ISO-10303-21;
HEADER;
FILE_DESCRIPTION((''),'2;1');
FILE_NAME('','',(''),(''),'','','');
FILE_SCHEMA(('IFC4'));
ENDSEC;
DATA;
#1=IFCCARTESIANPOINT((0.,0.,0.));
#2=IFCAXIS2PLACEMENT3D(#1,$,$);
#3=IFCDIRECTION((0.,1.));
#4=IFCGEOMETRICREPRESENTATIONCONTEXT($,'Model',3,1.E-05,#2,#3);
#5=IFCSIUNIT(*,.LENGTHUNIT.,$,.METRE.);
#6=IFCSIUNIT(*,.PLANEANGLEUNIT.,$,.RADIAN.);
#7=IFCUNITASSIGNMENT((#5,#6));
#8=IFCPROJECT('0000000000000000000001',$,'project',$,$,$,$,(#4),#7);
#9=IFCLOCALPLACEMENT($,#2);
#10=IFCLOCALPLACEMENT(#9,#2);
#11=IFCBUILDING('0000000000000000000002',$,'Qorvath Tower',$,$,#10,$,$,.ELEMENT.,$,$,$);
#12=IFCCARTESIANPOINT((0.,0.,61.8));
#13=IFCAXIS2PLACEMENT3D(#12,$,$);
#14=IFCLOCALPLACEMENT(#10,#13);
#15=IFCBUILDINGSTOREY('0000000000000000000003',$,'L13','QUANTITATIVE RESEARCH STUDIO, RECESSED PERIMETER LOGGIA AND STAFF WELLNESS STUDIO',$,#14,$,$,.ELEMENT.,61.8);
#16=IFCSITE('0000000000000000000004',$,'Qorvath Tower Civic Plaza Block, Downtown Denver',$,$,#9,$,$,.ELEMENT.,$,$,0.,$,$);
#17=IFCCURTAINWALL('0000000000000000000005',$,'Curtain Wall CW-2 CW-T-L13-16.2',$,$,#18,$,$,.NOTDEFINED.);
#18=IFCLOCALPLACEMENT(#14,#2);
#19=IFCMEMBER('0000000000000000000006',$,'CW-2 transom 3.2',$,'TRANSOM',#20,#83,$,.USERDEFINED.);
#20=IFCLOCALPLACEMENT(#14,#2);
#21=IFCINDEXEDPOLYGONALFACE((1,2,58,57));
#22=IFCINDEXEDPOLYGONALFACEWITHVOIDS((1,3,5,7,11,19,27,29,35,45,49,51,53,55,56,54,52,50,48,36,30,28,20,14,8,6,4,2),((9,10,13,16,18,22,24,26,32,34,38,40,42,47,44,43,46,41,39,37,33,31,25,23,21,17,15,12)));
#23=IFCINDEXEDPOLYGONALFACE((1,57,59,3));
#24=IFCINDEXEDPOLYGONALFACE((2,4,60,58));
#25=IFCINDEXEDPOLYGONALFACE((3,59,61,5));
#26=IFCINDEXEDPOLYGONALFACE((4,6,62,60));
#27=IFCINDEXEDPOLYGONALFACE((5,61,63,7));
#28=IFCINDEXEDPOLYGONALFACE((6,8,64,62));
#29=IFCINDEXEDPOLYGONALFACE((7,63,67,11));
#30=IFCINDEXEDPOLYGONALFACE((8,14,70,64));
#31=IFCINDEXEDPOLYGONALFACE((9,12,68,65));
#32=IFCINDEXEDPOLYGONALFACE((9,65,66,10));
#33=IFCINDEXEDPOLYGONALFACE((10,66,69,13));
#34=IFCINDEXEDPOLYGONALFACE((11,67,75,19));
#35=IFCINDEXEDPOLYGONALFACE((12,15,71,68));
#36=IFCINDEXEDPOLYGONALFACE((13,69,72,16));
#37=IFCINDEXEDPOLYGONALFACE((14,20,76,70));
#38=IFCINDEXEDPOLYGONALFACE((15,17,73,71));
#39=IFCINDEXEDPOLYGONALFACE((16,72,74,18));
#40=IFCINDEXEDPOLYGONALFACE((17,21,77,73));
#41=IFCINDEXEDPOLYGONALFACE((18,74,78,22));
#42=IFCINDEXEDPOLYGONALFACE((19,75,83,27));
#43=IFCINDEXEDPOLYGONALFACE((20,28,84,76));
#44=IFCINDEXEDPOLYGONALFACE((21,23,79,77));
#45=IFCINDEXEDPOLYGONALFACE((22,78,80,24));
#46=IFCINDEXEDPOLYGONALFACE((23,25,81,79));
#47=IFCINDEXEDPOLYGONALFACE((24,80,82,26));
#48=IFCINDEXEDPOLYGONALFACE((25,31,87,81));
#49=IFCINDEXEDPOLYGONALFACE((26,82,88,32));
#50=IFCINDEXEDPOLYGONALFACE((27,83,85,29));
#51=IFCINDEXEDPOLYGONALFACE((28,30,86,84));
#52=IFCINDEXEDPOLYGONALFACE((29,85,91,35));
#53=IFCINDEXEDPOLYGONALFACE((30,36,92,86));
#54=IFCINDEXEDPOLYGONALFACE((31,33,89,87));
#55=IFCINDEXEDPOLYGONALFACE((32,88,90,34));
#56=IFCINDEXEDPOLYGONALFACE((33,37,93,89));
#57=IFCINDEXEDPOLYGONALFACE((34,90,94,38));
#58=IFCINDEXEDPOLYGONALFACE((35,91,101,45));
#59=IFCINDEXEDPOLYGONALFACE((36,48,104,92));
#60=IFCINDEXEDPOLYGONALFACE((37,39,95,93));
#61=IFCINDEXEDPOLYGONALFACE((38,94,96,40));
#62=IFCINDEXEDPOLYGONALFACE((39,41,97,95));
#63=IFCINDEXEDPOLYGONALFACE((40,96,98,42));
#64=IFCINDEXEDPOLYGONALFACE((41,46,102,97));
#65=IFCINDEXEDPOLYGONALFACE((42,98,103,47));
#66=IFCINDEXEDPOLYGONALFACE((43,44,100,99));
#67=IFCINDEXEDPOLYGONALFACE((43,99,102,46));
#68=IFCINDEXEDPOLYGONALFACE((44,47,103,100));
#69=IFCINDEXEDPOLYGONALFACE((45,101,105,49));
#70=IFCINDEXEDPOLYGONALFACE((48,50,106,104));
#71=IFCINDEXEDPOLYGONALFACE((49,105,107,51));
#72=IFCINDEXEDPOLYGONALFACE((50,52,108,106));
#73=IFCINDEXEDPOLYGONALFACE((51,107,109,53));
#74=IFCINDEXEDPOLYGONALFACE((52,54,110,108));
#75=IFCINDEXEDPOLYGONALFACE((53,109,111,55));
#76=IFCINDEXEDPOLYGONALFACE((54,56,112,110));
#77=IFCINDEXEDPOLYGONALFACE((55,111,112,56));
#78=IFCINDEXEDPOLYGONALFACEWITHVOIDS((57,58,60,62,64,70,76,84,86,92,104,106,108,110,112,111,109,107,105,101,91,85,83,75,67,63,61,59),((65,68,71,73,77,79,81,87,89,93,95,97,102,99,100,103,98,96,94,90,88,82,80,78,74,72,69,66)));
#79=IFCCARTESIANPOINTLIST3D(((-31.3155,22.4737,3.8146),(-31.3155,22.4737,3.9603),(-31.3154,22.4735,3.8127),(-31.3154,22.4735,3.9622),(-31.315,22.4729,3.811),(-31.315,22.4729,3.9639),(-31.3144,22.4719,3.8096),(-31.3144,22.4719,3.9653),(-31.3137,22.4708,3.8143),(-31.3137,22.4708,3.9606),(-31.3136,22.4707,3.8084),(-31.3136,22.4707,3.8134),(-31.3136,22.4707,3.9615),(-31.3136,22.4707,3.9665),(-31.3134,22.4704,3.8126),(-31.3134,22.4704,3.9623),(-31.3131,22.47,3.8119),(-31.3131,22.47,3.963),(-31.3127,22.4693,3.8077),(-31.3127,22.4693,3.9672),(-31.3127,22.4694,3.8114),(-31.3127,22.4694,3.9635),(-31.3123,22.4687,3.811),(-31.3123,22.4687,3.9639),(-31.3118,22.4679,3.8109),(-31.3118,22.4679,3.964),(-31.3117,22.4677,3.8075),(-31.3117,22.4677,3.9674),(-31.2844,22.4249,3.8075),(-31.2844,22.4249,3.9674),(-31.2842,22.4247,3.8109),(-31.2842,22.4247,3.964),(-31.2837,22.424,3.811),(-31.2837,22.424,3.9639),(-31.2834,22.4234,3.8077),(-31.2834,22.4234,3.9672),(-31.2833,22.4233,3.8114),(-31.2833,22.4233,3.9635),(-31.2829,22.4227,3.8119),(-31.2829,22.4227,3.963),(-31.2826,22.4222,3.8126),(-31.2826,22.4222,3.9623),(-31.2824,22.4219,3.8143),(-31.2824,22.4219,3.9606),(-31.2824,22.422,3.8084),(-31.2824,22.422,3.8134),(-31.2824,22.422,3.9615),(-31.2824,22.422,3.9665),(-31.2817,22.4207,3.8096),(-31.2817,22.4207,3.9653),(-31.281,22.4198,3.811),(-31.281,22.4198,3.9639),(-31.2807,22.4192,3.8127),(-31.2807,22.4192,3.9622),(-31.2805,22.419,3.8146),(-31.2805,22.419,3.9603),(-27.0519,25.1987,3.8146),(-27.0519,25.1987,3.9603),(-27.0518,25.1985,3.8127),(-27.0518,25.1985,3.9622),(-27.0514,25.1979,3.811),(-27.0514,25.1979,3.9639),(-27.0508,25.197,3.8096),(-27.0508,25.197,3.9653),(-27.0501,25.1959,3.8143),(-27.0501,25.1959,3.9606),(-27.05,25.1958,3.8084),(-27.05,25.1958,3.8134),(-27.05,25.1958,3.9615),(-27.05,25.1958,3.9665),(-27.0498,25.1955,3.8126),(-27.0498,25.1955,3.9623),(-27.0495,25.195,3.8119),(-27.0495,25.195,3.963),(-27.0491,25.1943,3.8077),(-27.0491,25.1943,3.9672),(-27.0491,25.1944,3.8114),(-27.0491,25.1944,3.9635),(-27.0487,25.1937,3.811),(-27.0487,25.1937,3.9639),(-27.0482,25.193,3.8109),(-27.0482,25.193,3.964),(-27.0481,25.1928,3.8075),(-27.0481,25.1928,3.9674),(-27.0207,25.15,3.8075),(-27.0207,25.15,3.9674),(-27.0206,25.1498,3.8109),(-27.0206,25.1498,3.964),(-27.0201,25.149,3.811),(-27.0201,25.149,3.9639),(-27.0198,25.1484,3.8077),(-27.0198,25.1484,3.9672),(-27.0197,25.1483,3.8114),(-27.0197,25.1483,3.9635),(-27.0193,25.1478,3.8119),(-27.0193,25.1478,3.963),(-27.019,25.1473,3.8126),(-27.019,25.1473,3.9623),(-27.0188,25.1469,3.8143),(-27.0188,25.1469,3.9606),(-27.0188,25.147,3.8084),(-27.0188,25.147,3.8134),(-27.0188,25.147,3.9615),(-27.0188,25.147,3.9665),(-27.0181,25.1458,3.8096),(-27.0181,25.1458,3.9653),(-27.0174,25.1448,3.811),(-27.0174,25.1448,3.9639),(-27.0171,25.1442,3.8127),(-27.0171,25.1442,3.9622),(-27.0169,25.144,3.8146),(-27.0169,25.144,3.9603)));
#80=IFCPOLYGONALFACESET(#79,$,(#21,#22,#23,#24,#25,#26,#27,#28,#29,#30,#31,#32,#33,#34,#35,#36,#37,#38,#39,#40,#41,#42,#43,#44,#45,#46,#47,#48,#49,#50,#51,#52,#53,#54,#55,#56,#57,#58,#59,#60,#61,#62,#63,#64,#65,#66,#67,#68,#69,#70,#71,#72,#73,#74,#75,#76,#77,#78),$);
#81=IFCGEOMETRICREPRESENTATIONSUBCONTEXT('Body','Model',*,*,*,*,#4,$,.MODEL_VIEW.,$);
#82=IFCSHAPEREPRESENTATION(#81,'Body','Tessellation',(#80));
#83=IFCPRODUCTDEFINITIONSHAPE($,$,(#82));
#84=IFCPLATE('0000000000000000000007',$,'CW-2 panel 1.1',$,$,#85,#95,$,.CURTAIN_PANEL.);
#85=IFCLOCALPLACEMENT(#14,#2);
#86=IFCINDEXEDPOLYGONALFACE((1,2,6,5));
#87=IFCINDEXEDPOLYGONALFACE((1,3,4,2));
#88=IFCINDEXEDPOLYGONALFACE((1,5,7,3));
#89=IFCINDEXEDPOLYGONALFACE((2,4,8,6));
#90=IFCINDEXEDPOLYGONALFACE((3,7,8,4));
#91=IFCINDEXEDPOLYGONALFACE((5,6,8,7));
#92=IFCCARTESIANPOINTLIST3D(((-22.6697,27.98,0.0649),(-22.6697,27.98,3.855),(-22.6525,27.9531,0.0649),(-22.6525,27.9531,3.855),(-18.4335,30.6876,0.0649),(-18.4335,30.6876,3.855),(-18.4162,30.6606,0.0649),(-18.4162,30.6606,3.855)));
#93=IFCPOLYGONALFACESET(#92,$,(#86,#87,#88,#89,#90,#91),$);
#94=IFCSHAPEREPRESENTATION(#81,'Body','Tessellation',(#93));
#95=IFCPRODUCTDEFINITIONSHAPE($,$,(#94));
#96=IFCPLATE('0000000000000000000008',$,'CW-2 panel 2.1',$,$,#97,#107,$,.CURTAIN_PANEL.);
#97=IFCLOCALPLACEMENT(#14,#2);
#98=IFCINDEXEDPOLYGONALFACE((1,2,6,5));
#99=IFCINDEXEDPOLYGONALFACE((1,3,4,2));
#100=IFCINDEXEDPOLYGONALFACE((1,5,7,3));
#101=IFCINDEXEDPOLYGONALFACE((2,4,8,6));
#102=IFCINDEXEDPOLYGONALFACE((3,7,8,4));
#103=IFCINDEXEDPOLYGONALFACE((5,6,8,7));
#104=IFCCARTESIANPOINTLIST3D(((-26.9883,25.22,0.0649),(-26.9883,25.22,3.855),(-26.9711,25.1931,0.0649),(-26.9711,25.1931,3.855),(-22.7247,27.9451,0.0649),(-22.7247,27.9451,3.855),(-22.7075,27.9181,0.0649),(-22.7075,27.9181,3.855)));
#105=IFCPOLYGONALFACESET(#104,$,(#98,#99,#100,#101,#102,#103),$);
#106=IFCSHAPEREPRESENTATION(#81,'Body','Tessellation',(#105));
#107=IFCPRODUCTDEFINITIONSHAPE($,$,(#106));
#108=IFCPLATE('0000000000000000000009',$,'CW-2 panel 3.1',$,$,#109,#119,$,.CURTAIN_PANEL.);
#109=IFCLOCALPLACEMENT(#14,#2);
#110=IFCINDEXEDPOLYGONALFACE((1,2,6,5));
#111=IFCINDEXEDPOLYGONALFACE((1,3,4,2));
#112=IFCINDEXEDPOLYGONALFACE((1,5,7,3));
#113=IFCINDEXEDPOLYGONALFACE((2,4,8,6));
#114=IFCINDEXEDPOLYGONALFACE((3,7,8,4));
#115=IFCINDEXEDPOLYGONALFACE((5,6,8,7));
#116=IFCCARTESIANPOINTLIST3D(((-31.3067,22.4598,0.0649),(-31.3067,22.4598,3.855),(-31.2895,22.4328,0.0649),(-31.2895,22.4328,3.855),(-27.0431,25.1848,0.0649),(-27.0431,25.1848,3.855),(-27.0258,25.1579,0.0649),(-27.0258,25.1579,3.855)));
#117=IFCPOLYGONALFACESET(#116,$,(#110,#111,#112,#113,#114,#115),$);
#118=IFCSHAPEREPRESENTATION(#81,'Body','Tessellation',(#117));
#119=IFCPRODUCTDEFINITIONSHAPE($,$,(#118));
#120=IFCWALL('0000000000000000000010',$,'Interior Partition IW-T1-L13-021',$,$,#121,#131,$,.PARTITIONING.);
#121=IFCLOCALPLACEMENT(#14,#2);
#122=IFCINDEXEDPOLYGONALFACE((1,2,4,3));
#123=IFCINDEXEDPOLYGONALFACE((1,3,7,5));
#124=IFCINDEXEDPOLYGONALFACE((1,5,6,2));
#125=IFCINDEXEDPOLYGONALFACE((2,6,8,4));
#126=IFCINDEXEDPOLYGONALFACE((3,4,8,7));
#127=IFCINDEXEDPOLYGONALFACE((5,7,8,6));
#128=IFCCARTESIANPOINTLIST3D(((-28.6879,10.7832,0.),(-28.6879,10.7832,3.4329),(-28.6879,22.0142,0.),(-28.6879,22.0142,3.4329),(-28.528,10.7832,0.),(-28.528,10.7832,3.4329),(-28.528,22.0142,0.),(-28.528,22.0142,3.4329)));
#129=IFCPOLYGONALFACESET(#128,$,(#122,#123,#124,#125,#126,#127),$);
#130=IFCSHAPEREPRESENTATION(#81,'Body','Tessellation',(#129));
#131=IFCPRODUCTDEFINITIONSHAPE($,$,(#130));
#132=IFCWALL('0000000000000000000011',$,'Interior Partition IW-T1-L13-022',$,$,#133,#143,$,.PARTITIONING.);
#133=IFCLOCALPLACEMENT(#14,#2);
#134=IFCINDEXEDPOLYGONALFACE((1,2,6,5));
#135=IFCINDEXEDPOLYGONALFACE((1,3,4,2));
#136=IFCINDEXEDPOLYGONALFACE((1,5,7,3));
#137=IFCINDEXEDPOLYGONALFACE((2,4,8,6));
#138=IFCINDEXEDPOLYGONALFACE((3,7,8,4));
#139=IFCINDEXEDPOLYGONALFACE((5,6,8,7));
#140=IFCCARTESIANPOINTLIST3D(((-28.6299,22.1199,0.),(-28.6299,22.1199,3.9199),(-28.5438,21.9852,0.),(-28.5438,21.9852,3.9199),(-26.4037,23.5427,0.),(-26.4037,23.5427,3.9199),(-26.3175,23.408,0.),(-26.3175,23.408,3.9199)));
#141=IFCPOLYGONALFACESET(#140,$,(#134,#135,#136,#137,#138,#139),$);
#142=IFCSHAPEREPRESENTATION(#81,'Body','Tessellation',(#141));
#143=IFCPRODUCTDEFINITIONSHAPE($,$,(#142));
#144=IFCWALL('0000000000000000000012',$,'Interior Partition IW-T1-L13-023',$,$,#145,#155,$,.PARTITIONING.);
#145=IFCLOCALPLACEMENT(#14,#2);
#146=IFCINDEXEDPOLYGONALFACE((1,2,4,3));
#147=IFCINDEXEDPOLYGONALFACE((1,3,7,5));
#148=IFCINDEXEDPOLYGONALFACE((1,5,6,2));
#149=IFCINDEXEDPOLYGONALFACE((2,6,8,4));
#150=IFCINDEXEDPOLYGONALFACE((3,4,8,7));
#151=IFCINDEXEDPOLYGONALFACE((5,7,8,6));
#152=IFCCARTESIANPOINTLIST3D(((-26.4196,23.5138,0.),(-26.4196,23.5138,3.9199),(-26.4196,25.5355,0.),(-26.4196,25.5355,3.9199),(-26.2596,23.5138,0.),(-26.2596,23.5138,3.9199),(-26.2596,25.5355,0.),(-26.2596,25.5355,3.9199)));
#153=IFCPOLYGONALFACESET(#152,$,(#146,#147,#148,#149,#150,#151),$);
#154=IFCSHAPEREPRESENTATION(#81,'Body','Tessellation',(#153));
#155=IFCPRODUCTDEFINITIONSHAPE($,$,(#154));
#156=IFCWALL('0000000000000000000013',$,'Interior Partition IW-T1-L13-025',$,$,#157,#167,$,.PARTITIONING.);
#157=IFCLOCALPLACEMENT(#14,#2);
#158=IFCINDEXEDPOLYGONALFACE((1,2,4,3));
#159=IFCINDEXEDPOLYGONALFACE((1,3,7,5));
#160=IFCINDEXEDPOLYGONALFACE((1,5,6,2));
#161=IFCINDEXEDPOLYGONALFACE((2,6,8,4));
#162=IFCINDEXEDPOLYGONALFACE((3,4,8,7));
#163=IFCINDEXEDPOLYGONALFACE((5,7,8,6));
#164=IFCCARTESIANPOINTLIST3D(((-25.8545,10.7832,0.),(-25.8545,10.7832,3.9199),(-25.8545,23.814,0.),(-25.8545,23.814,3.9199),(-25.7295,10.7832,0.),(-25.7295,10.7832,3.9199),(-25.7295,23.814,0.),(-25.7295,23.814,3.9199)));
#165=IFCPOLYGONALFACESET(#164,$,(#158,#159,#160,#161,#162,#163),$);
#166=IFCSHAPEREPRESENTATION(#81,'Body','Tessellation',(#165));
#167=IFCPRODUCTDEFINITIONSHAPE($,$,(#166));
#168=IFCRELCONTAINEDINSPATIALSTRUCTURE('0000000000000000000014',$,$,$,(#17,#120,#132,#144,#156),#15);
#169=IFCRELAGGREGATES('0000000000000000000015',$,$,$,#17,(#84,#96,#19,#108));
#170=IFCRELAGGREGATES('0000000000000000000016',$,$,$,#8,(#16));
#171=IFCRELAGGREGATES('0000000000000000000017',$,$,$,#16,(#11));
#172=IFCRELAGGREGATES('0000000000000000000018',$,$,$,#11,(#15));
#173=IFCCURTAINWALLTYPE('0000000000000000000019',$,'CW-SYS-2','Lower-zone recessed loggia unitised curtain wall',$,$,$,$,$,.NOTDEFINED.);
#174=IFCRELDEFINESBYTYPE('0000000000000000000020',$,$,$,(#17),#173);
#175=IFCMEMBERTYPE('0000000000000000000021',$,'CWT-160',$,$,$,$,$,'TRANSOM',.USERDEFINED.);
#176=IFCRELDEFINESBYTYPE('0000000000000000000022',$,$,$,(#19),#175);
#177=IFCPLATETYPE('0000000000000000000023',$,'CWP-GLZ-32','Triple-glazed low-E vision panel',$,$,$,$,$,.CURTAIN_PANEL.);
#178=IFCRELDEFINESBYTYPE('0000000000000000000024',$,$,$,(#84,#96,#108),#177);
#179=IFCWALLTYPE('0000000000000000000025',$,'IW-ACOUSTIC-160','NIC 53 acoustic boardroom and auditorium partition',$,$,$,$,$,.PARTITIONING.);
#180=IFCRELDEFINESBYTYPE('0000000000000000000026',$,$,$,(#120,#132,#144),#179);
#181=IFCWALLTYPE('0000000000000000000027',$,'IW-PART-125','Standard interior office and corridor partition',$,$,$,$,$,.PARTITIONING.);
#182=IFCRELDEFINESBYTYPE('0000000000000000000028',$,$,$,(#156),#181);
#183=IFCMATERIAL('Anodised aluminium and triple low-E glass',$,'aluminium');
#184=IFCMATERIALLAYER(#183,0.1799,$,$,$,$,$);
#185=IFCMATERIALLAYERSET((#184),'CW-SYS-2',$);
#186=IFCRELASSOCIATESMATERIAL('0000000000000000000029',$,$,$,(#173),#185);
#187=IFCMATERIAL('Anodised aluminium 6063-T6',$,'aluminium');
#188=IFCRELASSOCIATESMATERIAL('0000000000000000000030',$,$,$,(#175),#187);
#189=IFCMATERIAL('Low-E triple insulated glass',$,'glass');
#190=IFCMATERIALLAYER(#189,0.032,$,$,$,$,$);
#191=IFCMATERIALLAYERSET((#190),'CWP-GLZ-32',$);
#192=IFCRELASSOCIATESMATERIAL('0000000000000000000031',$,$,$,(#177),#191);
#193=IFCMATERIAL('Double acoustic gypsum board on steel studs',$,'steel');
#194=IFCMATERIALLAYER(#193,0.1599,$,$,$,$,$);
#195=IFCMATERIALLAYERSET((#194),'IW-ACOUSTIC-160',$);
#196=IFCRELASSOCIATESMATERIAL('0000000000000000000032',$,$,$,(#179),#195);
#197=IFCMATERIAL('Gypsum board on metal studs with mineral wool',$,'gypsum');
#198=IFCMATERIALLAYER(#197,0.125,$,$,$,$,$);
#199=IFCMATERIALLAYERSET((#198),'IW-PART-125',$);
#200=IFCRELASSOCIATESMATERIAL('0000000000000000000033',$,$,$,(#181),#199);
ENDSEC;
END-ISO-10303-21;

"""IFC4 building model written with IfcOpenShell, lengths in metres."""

from ifc_helpers import new_model, si_unit, direction, frame, frame_2d, origin, origin_2d, place, context, subcontext, project, spatial, rectangle, hollow_rectangle, extrude, material, layer, layer_set, material_profile, profile_set, type_object, element, aggregate, save


model = new_model("IFC4")

# Units and contexts
model_context = context("Model", 3, precision=1e-05, world=origin(), true_north=direction((0.0, 1.0)))
body_context = subcontext(model_context, "Body", "Model", "MODEL_VIEW")
ifc_project = project(units=[si_unit("LENGTHUNIT", "METRE"), si_unit("PLANEANGLEUNIT", "RADIAN")], contexts=[model_context])

# Site, building, storey
site_placement = place(None, origin())
site = spatial("IfcSite", under=ifc_project, at=site_placement, Name="Qorvath Tower Civic Plaza Block, Downtown Denver", CompositionType="ELEMENT", RefElevation=0.0)
building_placement = place(site_placement, origin())
building = spatial("IfcBuilding", under=site, at=building_placement, Name="Qorvath Tower", CompositionType="ELEMENT")
storey_placement = place(building_placement, frame((0.0, 0.0, 61.8)))
storey = spatial("IfcBuildingStorey", under=building, at=storey_placement, Name="L13", Description="QUANTITATIVE RESEARCH STUDIO, RECESSED PERIMETER LOGGIA AND STAFF WELLNESS STUDIO", CompositionType="ELEMENT", Elevation=61.8)

# Curtain wall, member, plates
ifc_material_1 = material(Name="Anodised aluminium and triple low-E glass", Category="aluminium")
ifc_layer_1 = layer(ifc_material_1, 0.1799)
ifc_layer_set_1 = layer_set([ifc_layer_1], Name="CW-SYS-2")
curtain_wall_type = type_object("IfcCurtainWallType", Name="CW-SYS-2", Description="Lower-zone recessed loggia unitised curtain wall", PredefinedType="NOTDEFINED", material=ifc_layer_set_1)
curtain_wall_placement = place(storey_placement, origin())
curtain_wall = element("IfcCurtainWall", 1, at=curtain_wall_placement, inside=storey, type_object=curtain_wall_type, Name="Curtain Wall CW-2 CW-T-L13-16.2", PredefinedType="NOTDEFINED")
ifc_material_2 = material(Name="Anodised aluminium 6063-T6", Category="aluminium")
ifc_material_profile_1 = material_profile(ifc_material_2, hollow_rectangle(XDim=0.0649, YDim=0.1599, WallThickness=0.0034, InnerFilletRadius=0.0034, OuterFilletRadius=0.0071, at=origin_2d()), Name="CWT 160x65")
ifc_profile_set_1 = profile_set([ifc_material_profile_1], Name="Anodised aluminium 6063-T6")
member_type_1 = type_object("IfcMemberType", Name="CWT-160", ElementType="TRANSOM", PredefinedType="USERDEFINED", material=ifc_profile_set_1)
member_1_placement = place(storey_placement, frame((-27.0344, 25.1714, 3.8875), z_axis=(-0.842599, -0.538542, 0.0), x_axis=(0.538542, -0.842599, 0.0)))
member_1 = element("IfcMember", 2, at=member_1_placement, type_object=member_type_1, Name="CW-2 transom 3.2", ObjectType="TRANSOM", PredefinedType="USERDEFINED", context=body_context, shape_type="SweptSolid", body=[
    extrude(hollow_rectangle(XDim=0.0649, YDim=0.1599, WallThickness=0.0034, InnerFilletRadius=0.0034, OuterFilletRadius=0.0071, at=origin_2d()), origin(), (0.0, 0.0, 1.0), 5.0601),
])
ifc_material_3 = material(Name="Low-E triple insulated glass", Category="glass")
ifc_layer_2 = layer(ifc_material_3, 0.032)
ifc_layer_set_2 = layer_set([ifc_layer_2], Name="CWP-GLZ-32")
plate_type = type_object("IfcPlateType", Name="CWP-GLZ-32", Description="Triple-glazed low-E vision panel", PredefinedType="CURTAIN_PANEL", material=ifc_layer_set_2)
plate_1_placement = place(storey_placement, frame((-20.543, 29.3203, 0.0649), z_axis=(0.0, 0.0, 1.0), x_axis=(-0.8426, -0.538539, 0.0)))
plate_1 = element("IfcPlate", 3, at=plate_1_placement, type_object=plate_type, Name="CW-2 panel 1.1", PredefinedType="CURTAIN_PANEL", context=body_context, shape_type="SweptSolid", body=[
    extrude(rectangle(XDim=5.0276, YDim=0.032, at=origin_2d()), origin(), (0.0, 0.0, 1.0), 3.79),
])
plate_2_placement = place(storey_placement, frame((-24.8479, 26.5691, 0.0649), z_axis=(0.0, 0.0, 1.0), x_axis=(-0.8426, -0.538539, 0.0)))
plate_2 = element("IfcPlate", 4, at=plate_2_placement, type_object=plate_type, Name="CW-2 panel 2.1", PredefinedType="CURTAIN_PANEL", context=body_context, shape_type="SweptSolid", body=[
    extrude(rectangle(XDim=5.0601, YDim=0.032, at=origin_2d()), origin(), (0.0, 0.0, 1.0), 3.79),
])
plate_3_placement = place(storey_placement, frame((-29.1663, 23.8088, 0.0649), z_axis=(0.0, 0.0, 1.0), x_axis=(-0.8426, -0.538539, 0.0)))
plate_3 = element("IfcPlate", 5, at=plate_3_placement, type_object=plate_type, Name="CW-2 panel 3.1", PredefinedType="CURTAIN_PANEL", context=body_context, shape_type="SweptSolid", body=[
    extrude(rectangle(XDim=5.0601, YDim=0.032, at=origin_2d()), origin(), (0.0, 0.0, 1.0), 3.79),
])
aggregate(curtain_wall, [plate_1, plate_2, member_1, plate_3])

# Walls
ifc_material_4 = material(Name="Double acoustic gypsum board on steel studs", Category="steel")
ifc_layer_3 = layer(ifc_material_4, 0.1599)
ifc_layer_set_3 = layer_set([ifc_layer_3], Name="IW-ACOUSTIC-160")
wall_type_1 = type_object("IfcWallType", Name="IW-ACOUSTIC-160", Description="NIC 53 acoustic boardroom and auditorium partition", PredefinedType="PARTITIONING", material=ifc_layer_set_3)
wall_1_placement = place(storey_placement, frame((-28.6079, 10.7832, 0.0), z_axis=(0.0, 0.0, 1.0), x_axis=(0.0, 1.0, 0.0)))
element("IfcWall", 6, at=wall_1_placement, inside=storey, type_object=wall_type_1, Name="Interior Partition IW-T1-L13-021", PredefinedType="PARTITIONING", context=body_context, shape_type="SweptSolid", body=[
    extrude(rectangle(XDim=11.231, YDim=0.1599, at=frame_2d((5.6155, 0.0))), origin(), (0.0, 0.0, 1.0), 3.4329),
])
wall_2_placement = place(storey_placement, frame((-26.3606, 23.4753, 0.0), z_axis=(0.0, 0.0, 1.0), x_axis=(-0.842614, -0.538519, 0.0)))
element("IfcWall", 7, at=wall_2_placement, inside=storey, type_object=wall_type_1, Name="Interior Partition IW-T1-L13-022", PredefinedType="PARTITIONING", context=body_context, shape_type="SweptSolid", body=[
    extrude(rectangle(XDim=2.6421, YDim=0.1599, at=frame_2d((1.321, 0.0))), origin(), (0.0, 0.0, 1.0), 3.9199),
])
wall_3_placement = place(storey_placement, frame((-26.3396, 23.5139, 0.0), z_axis=(0.0, 0.0, 1.0), x_axis=(0.0, 1.0, 0.0)))
element("IfcWall", 8, at=wall_3_placement, inside=storey, type_object=wall_type_1, Name="Interior Partition IW-T1-L13-023", PredefinedType="PARTITIONING", context=body_context, shape_type="SweptSolid", body=[
    extrude(rectangle(XDim=2.0217, YDim=0.1599, at=frame_2d((1.0107, 0.0))), origin(), (0.0, 0.0, 1.0), 3.9199),
])
ifc_material_5 = material(Name="Gypsum board on metal studs with mineral wool", Category="gypsum")
ifc_layer_4 = layer(ifc_material_5, 0.125)
ifc_layer_set_4 = layer_set([ifc_layer_4], Name="IW-PART-125")
wall_type_2 = type_object("IfcWallType", Name="IW-PART-125", Description="Standard interior office and corridor partition", PredefinedType="PARTITIONING", material=ifc_layer_set_4)
wall_4_placement = place(storey_placement, frame((-25.792, 23.814, 0.0), z_axis=(0.0, 0.0, 1.0), x_axis=(0.0, -1.0, 0.0)))
element("IfcWall", 9, at=wall_4_placement, inside=storey, type_object=wall_type_2, Name="Interior Partition IW-T1-L13-025", PredefinedType="PARTITIONING", context=body_context, shape_type="SweptSolid", body=[
    extrude(rectangle(XDim=13.0308, YDim=0.125, at=frame_2d((6.5154, 0.0))), origin(), (0.0, 0.0, 1.0), 3.9199),
])

save(model, "model.ifc")
